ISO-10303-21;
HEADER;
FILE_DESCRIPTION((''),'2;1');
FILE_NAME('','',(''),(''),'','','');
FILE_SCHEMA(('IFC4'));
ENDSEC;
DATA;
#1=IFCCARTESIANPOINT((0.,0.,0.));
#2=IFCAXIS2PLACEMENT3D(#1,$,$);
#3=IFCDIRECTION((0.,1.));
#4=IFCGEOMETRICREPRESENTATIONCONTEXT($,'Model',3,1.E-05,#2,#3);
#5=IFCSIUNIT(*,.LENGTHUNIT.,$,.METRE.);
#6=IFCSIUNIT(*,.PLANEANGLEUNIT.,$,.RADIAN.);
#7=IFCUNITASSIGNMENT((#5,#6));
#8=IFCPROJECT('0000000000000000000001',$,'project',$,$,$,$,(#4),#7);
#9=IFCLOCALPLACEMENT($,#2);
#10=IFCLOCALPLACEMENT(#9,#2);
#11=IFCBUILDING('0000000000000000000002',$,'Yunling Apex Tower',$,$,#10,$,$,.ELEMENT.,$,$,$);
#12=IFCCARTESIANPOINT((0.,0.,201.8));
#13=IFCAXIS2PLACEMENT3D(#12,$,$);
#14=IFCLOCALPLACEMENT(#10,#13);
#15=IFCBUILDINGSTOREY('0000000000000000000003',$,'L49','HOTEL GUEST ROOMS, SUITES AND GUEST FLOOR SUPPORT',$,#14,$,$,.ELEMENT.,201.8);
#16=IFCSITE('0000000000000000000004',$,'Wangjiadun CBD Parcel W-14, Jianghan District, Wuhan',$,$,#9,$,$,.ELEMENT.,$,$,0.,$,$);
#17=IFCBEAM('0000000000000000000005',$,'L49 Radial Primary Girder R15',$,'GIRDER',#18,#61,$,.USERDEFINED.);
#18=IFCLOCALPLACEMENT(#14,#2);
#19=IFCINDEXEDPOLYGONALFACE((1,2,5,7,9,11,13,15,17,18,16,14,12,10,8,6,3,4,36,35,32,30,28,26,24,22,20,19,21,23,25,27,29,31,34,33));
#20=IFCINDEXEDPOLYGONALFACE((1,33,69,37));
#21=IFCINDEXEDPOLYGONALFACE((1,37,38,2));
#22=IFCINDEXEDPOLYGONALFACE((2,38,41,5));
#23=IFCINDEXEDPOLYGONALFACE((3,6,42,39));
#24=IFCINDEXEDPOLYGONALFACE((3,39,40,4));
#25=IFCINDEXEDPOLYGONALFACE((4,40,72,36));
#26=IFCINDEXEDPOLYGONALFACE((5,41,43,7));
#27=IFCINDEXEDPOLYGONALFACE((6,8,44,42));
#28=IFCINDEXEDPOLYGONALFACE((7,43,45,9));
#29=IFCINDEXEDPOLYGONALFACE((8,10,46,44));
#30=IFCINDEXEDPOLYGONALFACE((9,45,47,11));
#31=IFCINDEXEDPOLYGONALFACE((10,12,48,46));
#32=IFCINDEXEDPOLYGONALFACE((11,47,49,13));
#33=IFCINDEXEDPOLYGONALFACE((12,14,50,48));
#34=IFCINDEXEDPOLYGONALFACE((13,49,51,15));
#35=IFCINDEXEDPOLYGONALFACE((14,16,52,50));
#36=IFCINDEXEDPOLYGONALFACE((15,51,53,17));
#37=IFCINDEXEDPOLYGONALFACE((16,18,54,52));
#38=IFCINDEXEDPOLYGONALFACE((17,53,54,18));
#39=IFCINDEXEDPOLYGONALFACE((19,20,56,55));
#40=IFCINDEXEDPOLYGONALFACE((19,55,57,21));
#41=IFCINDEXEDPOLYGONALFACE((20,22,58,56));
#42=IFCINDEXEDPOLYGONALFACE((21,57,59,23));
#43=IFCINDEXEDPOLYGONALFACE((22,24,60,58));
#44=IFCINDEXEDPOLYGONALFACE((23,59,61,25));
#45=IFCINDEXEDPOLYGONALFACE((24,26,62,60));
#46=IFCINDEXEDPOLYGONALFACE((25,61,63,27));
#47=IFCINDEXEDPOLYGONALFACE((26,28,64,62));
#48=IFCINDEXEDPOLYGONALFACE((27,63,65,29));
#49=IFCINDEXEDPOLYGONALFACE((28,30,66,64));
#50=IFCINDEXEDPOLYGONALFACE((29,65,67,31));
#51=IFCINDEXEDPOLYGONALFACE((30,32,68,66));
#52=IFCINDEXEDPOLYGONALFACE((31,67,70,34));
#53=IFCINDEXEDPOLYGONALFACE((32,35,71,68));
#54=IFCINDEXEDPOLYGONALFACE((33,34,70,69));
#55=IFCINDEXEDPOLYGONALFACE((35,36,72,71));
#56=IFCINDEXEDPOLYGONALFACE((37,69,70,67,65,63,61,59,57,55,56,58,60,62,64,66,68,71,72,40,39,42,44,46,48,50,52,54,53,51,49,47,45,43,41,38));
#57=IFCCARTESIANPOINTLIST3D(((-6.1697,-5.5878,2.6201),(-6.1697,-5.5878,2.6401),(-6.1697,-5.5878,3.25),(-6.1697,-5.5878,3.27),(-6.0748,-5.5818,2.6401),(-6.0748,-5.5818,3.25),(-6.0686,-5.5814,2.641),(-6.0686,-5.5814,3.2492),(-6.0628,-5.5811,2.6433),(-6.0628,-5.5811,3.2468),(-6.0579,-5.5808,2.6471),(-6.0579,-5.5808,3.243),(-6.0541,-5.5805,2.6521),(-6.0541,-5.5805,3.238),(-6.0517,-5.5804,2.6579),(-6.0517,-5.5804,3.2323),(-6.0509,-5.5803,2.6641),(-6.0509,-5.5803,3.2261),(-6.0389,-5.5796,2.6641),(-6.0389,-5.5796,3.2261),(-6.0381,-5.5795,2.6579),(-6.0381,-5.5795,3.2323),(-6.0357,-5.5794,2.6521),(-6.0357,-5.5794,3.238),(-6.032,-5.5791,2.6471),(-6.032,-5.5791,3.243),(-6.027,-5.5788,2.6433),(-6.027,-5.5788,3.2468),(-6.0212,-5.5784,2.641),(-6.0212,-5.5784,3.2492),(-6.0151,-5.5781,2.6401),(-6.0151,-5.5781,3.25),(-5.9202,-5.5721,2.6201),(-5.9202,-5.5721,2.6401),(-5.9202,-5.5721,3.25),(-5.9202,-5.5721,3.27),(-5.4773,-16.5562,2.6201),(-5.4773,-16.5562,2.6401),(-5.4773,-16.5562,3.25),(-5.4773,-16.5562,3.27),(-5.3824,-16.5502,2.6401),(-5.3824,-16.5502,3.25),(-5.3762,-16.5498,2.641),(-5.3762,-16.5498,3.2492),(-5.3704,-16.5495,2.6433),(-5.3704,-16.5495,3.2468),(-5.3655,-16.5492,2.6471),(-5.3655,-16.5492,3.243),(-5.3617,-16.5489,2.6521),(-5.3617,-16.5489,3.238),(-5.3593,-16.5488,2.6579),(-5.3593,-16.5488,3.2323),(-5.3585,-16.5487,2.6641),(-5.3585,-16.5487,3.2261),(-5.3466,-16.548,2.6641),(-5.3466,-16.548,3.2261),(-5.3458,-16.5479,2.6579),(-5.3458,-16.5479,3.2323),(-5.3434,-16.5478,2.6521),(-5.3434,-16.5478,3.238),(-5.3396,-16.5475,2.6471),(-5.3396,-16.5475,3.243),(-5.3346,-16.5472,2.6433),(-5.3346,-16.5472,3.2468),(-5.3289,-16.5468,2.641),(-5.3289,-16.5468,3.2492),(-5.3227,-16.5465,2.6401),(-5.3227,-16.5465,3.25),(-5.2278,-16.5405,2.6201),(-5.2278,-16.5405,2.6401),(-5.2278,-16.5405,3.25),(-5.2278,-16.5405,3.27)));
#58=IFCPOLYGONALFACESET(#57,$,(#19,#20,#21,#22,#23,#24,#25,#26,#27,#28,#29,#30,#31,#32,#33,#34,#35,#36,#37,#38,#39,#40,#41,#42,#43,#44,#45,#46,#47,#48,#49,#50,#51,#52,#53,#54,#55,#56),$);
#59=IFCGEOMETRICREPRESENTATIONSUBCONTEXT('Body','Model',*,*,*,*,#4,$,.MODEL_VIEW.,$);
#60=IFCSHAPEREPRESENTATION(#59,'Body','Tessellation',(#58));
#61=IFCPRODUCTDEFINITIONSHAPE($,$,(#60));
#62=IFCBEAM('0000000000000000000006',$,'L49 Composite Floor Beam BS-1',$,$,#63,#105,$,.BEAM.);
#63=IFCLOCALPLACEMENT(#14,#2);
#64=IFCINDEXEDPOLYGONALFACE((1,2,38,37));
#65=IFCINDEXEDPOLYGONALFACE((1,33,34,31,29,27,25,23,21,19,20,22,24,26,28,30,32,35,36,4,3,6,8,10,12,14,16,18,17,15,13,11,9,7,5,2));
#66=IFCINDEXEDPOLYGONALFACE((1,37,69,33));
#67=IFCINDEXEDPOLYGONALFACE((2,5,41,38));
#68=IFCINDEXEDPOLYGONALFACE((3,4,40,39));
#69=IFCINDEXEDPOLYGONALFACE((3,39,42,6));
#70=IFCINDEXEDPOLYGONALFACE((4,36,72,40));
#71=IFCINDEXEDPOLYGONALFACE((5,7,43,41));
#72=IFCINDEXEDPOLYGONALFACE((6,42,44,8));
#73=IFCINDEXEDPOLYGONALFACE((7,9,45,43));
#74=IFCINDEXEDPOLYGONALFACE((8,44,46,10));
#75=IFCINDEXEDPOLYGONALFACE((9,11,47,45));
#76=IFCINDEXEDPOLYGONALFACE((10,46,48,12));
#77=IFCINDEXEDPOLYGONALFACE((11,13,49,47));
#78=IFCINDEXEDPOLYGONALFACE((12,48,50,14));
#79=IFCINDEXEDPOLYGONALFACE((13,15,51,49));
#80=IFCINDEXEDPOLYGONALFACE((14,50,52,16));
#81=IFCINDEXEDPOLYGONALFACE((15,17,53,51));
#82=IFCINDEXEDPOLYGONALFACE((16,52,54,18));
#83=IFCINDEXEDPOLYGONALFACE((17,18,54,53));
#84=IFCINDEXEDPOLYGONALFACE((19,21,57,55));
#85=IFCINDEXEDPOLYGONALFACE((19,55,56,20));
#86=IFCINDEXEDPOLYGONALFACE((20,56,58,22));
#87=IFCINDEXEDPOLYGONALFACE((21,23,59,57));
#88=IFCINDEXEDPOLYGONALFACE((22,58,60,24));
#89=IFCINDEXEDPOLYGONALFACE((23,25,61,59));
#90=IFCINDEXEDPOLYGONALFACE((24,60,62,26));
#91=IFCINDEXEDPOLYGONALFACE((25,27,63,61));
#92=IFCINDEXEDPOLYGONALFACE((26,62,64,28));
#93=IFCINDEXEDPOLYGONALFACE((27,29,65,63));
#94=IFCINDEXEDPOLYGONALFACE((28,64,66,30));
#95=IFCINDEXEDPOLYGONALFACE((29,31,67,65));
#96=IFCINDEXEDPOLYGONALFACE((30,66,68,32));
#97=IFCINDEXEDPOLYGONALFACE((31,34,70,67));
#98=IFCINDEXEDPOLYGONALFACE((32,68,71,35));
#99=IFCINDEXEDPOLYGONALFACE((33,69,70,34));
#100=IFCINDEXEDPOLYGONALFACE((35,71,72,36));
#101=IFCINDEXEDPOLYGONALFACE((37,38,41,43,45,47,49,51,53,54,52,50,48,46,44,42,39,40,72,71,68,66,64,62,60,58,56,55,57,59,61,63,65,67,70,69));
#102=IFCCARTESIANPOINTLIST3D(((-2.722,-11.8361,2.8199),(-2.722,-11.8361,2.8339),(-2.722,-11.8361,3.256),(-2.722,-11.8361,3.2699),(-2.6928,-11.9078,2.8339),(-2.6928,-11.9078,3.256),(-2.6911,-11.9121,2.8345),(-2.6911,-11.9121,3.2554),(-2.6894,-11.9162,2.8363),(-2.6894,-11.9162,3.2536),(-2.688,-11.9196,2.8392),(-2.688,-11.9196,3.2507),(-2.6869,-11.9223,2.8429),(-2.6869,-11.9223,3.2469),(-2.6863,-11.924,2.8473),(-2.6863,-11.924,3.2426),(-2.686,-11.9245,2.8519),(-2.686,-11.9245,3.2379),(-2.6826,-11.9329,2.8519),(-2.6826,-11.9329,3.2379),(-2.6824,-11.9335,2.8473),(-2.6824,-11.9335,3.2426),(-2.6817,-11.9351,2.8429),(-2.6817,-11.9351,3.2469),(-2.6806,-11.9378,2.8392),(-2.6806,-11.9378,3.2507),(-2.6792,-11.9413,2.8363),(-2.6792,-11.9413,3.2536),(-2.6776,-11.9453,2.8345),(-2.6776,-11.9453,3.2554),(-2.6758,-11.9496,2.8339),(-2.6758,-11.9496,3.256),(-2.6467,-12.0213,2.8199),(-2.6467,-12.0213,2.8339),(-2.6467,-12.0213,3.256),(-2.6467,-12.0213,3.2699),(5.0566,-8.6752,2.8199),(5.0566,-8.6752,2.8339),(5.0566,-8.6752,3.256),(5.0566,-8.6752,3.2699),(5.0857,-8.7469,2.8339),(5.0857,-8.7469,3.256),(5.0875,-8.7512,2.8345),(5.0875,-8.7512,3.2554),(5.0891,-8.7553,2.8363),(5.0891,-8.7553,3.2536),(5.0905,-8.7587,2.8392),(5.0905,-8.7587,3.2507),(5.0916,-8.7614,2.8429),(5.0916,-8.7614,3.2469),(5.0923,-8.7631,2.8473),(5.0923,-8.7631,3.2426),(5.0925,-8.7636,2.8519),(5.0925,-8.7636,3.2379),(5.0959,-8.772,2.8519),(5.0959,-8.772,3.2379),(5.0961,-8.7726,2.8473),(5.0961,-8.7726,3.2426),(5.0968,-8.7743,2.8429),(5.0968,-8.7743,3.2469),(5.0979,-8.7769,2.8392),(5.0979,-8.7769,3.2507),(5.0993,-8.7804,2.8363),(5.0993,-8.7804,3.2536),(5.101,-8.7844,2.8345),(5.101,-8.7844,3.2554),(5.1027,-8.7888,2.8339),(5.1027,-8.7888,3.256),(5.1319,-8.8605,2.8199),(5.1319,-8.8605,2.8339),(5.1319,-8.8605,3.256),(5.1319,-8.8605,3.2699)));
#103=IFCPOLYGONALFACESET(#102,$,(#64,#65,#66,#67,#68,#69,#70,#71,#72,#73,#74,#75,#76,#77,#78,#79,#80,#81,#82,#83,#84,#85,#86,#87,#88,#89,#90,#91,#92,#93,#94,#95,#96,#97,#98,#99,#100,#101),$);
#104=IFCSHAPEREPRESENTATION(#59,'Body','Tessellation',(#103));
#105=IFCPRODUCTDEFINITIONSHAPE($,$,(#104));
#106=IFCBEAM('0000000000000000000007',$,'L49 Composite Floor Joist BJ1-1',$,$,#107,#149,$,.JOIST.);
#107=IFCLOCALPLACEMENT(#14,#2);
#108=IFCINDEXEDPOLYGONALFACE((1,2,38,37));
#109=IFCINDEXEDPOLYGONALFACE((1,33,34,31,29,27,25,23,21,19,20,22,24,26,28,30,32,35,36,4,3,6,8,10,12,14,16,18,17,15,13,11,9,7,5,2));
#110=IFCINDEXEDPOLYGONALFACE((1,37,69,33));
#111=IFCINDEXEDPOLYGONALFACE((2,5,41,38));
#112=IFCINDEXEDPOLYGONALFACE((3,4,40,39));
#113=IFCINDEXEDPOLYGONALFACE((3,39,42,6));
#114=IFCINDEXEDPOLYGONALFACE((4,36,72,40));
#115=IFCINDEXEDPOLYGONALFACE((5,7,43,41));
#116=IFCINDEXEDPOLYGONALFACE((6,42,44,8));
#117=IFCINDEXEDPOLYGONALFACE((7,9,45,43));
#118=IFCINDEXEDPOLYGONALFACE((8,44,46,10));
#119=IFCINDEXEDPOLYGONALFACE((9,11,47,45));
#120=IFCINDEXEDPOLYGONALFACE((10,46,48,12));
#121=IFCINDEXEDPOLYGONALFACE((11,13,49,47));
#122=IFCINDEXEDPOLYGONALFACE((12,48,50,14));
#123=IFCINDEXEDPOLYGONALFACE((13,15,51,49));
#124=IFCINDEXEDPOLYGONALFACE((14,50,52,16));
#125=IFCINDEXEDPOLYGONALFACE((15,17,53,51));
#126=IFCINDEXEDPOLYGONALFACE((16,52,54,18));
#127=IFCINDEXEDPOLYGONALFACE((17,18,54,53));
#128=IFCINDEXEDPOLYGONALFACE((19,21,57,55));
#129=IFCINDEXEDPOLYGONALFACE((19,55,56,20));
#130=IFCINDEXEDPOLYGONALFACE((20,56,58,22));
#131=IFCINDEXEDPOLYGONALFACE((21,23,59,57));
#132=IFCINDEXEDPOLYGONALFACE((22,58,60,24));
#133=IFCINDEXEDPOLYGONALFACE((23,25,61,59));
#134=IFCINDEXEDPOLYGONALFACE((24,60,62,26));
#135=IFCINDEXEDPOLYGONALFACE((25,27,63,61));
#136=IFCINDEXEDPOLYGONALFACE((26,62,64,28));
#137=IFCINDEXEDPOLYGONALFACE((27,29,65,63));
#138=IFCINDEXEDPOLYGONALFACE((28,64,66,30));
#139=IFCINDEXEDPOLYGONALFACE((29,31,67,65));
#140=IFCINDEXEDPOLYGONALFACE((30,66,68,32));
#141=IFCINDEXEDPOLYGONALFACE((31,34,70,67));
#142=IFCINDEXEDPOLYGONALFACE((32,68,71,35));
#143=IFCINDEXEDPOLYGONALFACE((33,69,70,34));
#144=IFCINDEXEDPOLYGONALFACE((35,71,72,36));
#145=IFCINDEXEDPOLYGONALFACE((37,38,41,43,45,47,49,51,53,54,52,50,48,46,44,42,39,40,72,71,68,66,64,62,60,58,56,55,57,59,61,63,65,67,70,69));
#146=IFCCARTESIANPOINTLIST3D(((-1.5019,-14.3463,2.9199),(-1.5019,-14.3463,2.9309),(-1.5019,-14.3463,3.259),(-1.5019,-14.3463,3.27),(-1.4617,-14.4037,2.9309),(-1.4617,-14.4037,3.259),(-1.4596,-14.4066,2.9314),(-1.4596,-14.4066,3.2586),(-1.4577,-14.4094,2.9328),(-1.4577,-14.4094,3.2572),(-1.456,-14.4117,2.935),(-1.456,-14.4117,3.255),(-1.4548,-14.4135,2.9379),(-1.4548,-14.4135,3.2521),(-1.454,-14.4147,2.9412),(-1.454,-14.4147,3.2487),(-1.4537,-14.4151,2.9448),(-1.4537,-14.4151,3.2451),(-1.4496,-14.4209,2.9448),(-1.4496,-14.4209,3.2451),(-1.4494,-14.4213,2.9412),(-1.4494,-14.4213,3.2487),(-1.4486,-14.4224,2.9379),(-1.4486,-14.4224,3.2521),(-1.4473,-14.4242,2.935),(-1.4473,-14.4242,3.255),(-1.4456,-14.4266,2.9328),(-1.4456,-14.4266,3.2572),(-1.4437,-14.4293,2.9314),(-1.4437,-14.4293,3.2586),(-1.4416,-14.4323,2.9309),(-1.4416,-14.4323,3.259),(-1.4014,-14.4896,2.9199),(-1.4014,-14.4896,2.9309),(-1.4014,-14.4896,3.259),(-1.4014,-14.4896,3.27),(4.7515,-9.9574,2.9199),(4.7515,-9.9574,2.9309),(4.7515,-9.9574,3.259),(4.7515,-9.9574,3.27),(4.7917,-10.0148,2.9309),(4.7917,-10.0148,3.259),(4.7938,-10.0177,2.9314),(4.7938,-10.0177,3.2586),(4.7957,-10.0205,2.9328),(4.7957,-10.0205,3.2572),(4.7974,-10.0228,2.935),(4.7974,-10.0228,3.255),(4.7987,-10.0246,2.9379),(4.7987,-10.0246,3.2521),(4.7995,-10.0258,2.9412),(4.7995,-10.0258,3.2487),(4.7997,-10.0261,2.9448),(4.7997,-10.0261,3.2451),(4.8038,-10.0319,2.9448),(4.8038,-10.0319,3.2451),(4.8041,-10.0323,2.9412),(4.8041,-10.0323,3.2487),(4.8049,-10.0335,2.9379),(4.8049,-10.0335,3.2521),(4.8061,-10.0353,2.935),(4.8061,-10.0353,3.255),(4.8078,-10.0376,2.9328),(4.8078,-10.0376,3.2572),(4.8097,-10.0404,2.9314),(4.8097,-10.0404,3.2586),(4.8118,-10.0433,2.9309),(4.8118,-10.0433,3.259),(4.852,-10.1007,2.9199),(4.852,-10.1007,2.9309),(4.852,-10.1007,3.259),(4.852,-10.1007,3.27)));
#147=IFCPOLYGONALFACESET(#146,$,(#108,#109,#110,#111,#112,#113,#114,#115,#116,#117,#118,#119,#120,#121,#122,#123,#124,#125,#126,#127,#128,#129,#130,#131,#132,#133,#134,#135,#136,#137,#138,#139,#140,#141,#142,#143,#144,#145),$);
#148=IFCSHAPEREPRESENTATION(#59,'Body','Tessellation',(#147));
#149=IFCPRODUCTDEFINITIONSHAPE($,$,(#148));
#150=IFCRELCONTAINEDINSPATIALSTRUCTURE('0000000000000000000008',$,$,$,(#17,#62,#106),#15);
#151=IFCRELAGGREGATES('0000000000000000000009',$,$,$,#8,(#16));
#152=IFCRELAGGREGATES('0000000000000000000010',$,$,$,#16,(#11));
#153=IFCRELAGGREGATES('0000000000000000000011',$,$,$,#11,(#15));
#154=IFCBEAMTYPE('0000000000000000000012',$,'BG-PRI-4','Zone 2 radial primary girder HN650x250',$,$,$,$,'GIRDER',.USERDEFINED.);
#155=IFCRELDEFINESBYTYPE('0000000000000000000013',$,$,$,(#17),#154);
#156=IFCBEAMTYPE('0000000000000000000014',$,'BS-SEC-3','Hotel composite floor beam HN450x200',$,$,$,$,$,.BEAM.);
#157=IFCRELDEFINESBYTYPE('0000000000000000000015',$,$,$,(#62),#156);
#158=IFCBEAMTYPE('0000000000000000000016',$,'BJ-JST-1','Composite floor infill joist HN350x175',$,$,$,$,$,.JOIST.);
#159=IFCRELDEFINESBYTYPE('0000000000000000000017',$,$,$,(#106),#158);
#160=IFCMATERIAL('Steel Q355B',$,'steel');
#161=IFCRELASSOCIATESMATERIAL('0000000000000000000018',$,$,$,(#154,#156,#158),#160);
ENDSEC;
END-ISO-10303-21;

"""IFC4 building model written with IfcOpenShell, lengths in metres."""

from ifc_helpers import new_model, si_unit, direction, frame, origin, origin_2d, place, context, subcontext, project, spatial, i_section, extrude, source, transform, mapped, material, material_profile, profile_set, type_object, element, save


model = new_model("IFC4")

# Units and contexts
model_context = context("Model", 3, precision=1e-05, world=origin(), true_north=direction((0.0, 1.0)))
body_context = subcontext(model_context, "Body", "Model", "MODEL_VIEW")
ifc_project = project(units=[si_unit("LENGTHUNIT", "METRE"), si_unit("PLANEANGLEUNIT", "RADIAN")], contexts=[model_context])

# Site, building, storey
site_placement = place(None, origin())
site = spatial("IfcSite", under=ifc_project, at=site_placement, Name="Wangjiadun CBD Parcel W-14, Jianghan District, Wuhan", CompositionType="ELEMENT", RefElevation=0.0)
building_placement = place(site_placement, origin())
building = spatial("IfcBuilding", under=site, at=building_placement, Name="Yunling Apex Tower", CompositionType="ELEMENT")
storey_placement = place(building_placement, frame((0.0, 0.0, 201.8)))
storey = spatial("IfcBuildingStorey", under=building, at=storey_placement, Name="L49", Description="HOTEL GUEST ROOMS, SUITES AND GUEST FLOOR SUPPORT", CompositionType="ELEMENT", Elevation=201.8)

# Beams
ifc_material_1 = material(Name="Steel Q355B", Category="steel")
ifc_material_profile_1 = material_profile(ifc_material_1, i_section(OverallWidth=0.25, OverallDepth=0.6499, WebThickness=0.012, FlangeThickness=0.02, FilletRadius=0.0239, at=origin_2d()))
ifc_profile_set_1 = profile_set([ifc_material_profile_1], Name="Steel Q355B")
beam_type_1 = type_object("IfcBeamType", Name="BG-PRI-4", Description="Zone 2 radial primary girder HN650x250", ElementType="GIRDER", PredefinedType="USERDEFINED", material=ifc_profile_set_1)
shared_shape_1 = source(origin(), body_context, "Body", "SweptSolid", [
    extrude(i_section(OverallWidth=0.25, OverallDepth=0.6499, WebThickness=0.012, FlangeThickness=0.02, FilletRadius=0.0239, at=origin_2d()), origin(), (0.0, 0.0, 1.0), 10.9902),
])
beam_1_placement = place(storey_placement, frame((-5.3525, -16.5483, 2.9451), z_axis=(-0.062999, 0.998014, 0.0), x_axis=(-0.998014, -0.062999, 0.0)))
element("IfcBeam", 1, at=beam_1_placement, inside=storey, type_object=beam_type_1, Name="L49 Radial Primary Girder R15", ObjectType="GIRDER", PredefinedType="USERDEFINED", context=body_context, shape_type="MappedRepresentation", body=[
    mapped(shared_shape_1, transform((0.0, 0.0, 0.0), scale=1.0)),
])
ifc_material_profile_2 = material_profile(ifc_material_1, i_section(OverallWidth=0.2, OverallDepth=0.45, WebThickness=0.009, FlangeThickness=0.0139, FilletRadius=0.0181, at=origin_2d()))
ifc_profile_set_2 = profile_set([ifc_material_profile_2], Name="Steel Q355B")
beam_type_2 = type_object("IfcBeamType", Name="BS-SEC-3", Description="Hotel composite floor beam HN450x200", PredefinedType="BEAM", material=ifc_profile_set_2)
shared_shape_2 = source(origin(), body_context, "Body", "SweptSolid", [
    extrude(i_section(OverallWidth=0.2, OverallDepth=0.45, WebThickness=0.009, FlangeThickness=0.0139, FilletRadius=0.0181, at=origin_2d()), origin(), (0.0, 0.0, 1.0), 8.3962),
])
beam_2_placement = place(storey_placement, frame((-2.6843, -11.9287, 3.0449), z_axis=(0.926431, 0.376464, 0.0), x_axis=(-0.376464, 0.926431, 0.0)))
element("IfcBeam", 2, at=beam_2_placement, inside=storey, type_object=beam_type_2, Name="L49 Composite Floor Beam BS-1", PredefinedType="BEAM", context=body_context, shape_type="MappedRepresentation", body=[
    mapped(shared_shape_2, transform((0.0, 0.0, 0.0), scale=1.0)),
])
ifc_material_profile_3 = material_profile(ifc_material_1, i_section(OverallWidth=0.175, OverallDepth=0.3501, WebThickness=0.0071, FlangeThickness=0.011, FilletRadius=0.0139, at=origin_2d()))
ifc_profile_set_3 = profile_set([ifc_material_profile_3], Name="Steel Q355B")
beam_type_3 = type_object("IfcBeamType", Name="BJ-JST-1", Description="Composite floor infill joist HN350x175", PredefinedType="JOIST", material=ifc_profile_set_3)
shared_shape_3 = source(origin(), body_context, "Body", "SweptSolid", [
    extrude(i_section(OverallWidth=0.175, OverallDepth=0.3501, WebThickness=0.0071, FlangeThickness=0.011, FilletRadius=0.0139, at=origin_2d()), origin(), (0.0, 0.0, 1.0), 7.6399),
])
beam_3_placement = place(storey_placement, frame((-1.4517, -14.418, 3.095), z_axis=(0.818523, 0.574474, 0.0), x_axis=(-0.574474, 0.818523, 0.0)))
element("IfcBeam", 3, at=beam_3_placement, inside=storey, type_object=beam_type_3, Name="L49 Composite Floor Joist BJ1-1", PredefinedType="JOIST", context=body_context, shape_type="MappedRepresentation", body=[
    mapped(shared_shape_3, transform((0.0, 0.0, 0.0), scale=1.0)),
])

save(model, "model.ifc")
